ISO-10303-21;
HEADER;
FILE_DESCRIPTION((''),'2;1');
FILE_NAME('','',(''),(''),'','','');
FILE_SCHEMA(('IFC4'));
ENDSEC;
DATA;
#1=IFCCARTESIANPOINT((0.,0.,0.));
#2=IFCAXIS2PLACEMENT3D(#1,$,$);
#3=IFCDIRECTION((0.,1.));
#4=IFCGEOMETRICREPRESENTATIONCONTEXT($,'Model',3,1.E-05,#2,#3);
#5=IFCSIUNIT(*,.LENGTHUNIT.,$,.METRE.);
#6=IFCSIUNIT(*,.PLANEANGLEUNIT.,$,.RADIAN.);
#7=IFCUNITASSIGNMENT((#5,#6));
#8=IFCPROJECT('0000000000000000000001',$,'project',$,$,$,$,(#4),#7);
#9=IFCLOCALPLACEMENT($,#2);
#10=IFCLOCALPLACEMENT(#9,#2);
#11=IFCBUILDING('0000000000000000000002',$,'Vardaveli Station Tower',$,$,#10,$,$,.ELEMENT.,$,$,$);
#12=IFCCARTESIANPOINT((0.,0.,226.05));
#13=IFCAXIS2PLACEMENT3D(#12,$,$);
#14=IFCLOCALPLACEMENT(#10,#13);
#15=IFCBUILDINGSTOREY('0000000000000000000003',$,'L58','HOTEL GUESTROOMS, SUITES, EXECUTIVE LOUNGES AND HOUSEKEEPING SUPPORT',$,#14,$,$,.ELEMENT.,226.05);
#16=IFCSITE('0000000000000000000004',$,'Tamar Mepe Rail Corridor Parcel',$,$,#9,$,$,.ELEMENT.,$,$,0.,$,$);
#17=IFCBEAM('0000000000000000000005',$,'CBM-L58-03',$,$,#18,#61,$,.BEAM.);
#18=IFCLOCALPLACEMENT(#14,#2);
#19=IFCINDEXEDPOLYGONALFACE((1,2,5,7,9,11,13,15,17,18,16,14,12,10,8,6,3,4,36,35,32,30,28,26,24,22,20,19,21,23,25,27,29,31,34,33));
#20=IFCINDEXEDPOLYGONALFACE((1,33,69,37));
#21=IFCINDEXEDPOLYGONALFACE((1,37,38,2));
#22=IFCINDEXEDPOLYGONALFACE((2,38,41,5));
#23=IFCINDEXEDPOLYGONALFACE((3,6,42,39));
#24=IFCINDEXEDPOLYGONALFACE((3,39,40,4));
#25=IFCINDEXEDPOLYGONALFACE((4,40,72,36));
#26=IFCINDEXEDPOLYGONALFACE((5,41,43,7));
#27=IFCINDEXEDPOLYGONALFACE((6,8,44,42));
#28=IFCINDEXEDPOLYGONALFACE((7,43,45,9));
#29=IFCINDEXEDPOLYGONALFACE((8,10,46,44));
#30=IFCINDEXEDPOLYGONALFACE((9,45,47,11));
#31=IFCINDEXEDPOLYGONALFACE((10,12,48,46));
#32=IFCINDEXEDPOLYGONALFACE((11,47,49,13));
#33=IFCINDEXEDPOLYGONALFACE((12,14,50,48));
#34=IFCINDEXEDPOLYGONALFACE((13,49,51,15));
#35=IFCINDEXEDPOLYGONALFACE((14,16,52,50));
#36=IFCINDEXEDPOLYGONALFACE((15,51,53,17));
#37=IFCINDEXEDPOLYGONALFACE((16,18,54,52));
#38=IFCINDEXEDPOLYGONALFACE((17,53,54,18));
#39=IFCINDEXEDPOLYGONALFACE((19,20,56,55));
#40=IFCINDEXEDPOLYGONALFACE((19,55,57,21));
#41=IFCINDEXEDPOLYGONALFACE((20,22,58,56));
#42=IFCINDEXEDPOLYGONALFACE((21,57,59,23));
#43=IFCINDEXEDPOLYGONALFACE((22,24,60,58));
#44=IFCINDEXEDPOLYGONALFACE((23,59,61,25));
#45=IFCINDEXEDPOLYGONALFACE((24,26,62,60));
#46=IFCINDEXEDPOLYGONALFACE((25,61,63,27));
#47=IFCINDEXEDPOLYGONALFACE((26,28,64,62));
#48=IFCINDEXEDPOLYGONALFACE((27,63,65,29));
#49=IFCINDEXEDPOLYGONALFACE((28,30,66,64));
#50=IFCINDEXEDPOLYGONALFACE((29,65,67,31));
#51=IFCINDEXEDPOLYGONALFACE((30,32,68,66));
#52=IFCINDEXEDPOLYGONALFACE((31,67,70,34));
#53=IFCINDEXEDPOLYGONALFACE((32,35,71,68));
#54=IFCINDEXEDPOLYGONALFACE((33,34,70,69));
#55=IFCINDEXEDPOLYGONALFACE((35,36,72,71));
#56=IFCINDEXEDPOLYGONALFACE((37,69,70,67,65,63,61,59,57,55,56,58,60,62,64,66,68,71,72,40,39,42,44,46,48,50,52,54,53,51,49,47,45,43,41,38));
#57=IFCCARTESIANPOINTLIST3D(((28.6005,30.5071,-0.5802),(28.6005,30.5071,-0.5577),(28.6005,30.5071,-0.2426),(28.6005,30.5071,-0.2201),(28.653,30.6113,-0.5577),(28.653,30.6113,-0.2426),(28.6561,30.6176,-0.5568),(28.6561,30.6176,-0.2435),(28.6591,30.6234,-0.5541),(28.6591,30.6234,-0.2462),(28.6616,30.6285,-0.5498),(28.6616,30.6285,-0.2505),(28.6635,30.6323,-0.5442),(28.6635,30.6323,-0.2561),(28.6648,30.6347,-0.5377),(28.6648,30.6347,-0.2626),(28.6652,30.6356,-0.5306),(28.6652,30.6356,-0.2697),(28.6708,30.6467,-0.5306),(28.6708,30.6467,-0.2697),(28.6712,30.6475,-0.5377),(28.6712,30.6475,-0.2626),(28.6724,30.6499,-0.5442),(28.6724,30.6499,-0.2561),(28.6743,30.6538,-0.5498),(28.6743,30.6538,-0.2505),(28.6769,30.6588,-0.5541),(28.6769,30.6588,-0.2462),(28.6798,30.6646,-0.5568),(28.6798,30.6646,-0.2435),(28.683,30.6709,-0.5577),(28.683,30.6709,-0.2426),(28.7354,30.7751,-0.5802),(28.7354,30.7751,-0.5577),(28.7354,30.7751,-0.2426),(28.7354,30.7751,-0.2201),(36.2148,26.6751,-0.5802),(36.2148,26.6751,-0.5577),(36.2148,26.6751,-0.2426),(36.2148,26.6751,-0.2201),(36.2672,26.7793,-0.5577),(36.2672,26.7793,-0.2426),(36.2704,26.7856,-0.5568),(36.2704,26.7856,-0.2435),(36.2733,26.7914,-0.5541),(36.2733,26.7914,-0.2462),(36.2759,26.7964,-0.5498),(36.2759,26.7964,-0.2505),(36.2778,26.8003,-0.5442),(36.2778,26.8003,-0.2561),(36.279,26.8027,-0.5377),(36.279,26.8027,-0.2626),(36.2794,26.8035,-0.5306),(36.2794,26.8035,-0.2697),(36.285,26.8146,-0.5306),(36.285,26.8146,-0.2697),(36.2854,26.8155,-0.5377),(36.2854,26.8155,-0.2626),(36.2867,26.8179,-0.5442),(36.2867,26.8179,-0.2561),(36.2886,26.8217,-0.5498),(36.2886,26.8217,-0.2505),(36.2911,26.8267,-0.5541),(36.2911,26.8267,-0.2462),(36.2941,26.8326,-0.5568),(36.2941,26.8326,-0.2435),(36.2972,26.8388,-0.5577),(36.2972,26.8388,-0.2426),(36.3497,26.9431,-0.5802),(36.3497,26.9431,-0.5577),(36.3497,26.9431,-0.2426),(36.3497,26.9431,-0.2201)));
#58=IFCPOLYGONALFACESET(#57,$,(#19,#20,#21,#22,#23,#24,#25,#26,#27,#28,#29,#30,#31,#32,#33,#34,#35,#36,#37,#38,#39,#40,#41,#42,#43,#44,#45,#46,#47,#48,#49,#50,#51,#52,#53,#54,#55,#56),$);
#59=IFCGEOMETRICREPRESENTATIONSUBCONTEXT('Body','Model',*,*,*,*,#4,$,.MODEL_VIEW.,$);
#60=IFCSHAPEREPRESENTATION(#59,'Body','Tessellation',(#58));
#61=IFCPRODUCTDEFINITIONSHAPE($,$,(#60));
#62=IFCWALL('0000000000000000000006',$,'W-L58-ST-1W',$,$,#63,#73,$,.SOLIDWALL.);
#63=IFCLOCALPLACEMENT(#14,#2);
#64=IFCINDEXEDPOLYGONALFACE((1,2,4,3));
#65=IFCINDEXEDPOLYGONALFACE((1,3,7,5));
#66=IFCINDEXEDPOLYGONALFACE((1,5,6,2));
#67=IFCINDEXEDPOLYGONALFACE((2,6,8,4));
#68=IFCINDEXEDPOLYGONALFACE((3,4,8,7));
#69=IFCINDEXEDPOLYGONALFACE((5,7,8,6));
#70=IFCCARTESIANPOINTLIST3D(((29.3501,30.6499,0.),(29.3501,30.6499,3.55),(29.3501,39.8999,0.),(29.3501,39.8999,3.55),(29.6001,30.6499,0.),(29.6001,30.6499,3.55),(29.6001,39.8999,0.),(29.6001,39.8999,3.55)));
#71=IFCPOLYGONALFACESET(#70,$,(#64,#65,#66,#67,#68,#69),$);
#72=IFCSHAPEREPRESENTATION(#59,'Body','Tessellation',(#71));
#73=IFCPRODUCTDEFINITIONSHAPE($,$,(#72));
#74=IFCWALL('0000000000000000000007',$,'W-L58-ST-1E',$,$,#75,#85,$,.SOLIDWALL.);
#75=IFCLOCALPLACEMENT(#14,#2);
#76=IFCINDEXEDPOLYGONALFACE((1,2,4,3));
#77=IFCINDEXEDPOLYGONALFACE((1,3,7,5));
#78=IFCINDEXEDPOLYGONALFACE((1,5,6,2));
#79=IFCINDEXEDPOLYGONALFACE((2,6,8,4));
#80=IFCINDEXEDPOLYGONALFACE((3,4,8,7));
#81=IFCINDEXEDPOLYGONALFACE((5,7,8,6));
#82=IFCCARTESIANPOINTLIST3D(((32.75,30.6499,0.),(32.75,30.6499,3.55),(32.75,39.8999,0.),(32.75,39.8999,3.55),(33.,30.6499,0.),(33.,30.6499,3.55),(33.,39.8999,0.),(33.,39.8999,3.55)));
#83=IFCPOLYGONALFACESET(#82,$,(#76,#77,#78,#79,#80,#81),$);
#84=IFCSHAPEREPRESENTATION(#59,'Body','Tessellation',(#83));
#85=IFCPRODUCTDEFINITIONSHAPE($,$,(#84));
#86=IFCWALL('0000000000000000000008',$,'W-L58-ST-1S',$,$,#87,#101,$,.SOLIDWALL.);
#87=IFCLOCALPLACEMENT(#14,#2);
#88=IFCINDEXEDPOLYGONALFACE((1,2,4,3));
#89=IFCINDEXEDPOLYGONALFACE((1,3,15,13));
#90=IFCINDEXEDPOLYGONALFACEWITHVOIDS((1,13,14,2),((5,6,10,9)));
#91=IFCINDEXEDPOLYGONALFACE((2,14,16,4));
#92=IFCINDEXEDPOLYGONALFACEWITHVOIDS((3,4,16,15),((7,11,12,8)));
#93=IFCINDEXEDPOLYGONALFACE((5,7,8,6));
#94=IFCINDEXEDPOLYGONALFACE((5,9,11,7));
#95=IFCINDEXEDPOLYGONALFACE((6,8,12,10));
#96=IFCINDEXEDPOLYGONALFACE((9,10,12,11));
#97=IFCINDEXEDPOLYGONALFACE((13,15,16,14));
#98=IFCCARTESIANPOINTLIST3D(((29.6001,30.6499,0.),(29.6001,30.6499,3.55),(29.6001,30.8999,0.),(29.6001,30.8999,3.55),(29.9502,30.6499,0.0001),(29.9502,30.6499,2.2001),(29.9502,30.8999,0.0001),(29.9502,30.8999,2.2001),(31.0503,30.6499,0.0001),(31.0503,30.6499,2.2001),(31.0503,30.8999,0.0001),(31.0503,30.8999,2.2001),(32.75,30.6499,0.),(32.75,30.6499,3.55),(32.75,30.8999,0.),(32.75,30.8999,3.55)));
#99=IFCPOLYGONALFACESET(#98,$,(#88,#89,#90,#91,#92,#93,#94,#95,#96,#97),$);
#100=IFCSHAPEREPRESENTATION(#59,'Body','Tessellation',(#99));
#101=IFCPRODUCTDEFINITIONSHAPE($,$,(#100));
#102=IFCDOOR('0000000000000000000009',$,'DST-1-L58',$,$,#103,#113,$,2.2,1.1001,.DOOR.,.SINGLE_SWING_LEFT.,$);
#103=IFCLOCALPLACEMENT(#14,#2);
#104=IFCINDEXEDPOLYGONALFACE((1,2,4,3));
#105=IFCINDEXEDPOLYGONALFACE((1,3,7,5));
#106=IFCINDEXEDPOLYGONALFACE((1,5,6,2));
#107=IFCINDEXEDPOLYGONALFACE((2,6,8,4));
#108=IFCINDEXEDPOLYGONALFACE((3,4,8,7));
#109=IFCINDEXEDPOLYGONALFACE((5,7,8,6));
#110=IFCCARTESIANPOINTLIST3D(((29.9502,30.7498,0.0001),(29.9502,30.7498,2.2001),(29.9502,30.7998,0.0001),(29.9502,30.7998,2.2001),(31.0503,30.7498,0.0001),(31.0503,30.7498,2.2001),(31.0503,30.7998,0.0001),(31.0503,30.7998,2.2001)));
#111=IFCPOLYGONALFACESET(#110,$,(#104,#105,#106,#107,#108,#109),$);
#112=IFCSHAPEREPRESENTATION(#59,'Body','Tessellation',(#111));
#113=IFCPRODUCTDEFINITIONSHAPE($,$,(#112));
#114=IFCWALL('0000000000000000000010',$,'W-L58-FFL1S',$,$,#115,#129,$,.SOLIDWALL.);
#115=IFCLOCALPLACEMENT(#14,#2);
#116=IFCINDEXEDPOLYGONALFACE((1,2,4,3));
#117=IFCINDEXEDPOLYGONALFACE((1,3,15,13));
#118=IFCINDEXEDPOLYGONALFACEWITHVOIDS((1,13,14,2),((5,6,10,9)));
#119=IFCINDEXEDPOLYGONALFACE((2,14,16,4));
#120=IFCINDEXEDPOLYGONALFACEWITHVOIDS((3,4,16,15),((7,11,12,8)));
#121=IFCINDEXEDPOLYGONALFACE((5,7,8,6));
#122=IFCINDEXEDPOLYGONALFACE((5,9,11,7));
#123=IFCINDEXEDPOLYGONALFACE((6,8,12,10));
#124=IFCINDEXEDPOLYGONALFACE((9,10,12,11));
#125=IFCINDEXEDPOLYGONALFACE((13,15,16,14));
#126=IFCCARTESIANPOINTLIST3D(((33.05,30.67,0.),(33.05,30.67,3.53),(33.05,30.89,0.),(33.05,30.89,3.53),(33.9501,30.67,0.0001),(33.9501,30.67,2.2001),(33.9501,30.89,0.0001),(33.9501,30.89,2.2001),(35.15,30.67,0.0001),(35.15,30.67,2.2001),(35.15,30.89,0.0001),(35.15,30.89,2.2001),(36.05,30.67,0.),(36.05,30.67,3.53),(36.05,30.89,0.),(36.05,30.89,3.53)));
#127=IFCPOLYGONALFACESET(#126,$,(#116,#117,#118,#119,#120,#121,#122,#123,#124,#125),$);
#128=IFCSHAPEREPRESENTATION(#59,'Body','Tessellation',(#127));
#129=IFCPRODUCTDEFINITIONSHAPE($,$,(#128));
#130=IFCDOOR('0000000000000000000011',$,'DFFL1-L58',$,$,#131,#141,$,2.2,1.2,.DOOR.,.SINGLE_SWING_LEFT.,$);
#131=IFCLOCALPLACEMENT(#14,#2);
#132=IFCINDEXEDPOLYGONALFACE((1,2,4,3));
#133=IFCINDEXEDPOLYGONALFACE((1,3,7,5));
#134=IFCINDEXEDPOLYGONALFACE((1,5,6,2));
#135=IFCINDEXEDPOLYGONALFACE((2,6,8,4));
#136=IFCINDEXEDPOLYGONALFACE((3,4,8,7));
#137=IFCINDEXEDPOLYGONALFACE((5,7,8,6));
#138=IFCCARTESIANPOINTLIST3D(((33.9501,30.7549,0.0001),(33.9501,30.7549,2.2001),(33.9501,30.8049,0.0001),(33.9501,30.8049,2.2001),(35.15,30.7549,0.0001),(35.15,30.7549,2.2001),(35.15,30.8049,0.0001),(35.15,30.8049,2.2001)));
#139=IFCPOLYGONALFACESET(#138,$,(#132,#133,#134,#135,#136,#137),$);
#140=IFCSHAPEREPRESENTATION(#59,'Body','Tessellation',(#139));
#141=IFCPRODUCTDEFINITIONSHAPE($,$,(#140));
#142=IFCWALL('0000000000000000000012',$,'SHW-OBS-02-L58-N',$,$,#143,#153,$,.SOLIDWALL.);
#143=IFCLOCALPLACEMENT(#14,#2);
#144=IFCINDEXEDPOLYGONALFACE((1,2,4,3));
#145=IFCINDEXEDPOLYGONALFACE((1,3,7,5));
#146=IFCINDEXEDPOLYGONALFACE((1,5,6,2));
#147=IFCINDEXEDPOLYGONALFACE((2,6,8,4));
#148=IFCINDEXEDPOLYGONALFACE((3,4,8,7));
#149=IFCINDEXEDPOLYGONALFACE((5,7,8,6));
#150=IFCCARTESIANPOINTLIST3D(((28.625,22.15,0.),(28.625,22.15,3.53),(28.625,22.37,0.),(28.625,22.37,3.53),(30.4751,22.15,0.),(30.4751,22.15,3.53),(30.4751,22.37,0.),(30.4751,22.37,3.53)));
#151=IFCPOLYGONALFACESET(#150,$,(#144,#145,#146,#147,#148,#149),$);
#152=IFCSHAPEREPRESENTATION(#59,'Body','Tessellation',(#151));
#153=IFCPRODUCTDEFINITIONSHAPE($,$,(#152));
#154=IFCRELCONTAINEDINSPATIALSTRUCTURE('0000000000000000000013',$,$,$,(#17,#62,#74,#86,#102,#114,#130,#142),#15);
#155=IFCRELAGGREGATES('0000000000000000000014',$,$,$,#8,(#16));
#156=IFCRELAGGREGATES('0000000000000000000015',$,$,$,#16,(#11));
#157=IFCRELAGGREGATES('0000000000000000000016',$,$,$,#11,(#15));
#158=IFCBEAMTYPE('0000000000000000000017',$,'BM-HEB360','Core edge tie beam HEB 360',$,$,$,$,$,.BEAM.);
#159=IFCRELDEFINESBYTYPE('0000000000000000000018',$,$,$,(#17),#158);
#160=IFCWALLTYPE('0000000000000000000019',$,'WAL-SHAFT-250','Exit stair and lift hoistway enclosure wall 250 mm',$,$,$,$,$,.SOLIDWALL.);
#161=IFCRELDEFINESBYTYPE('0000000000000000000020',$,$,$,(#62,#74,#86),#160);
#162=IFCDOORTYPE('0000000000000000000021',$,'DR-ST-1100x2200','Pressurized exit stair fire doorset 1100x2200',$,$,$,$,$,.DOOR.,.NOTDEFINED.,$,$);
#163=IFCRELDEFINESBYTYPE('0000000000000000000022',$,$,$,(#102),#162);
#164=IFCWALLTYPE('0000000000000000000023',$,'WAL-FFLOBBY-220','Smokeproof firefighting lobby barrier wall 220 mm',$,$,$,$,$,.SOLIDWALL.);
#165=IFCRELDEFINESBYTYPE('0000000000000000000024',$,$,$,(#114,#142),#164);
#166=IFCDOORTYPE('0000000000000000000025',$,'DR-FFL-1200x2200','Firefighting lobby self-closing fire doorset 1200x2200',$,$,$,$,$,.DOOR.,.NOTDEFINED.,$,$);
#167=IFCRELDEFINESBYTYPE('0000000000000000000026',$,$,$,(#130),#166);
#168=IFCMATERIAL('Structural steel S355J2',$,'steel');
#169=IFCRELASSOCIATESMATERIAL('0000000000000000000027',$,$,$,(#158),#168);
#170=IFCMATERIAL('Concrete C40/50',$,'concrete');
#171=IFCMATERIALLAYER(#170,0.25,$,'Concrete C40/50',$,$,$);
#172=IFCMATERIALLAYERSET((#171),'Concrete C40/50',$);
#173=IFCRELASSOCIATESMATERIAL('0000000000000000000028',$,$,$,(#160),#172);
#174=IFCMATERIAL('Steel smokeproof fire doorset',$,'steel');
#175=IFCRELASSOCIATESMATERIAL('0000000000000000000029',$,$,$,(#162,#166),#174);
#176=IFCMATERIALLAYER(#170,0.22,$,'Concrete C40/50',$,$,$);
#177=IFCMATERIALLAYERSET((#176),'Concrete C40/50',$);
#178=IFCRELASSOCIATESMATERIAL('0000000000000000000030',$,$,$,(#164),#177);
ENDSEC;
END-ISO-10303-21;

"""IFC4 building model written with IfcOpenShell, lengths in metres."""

from ifc_helpers import new_model, si_unit, direction, frame, frame_2d, origin, origin_2d, place, context, subcontext, project, spatial, rectangle, i_section, extrude, source, transform, mapped, material, layer, layer_set, material_profile, profile_set, type_object, element, fill, save


model = new_model("IFC4")

# Units and contexts
model_context = context("Model", 3, precision=1e-05, world=origin(), true_north=direction((0.0, 1.0)))
body_context = subcontext(model_context, "Body", "Model", "MODEL_VIEW")
ifc_project = project(units=[si_unit("LENGTHUNIT", "METRE"), si_unit("PLANEANGLEUNIT", "RADIAN")], contexts=[model_context])

# Site, building, storey
site_placement = place(None, origin())
site = spatial("IfcSite", under=ifc_project, at=site_placement, Name="Tamar Mepe Rail Corridor Parcel", CompositionType="ELEMENT", RefElevation=0.0)
building_placement = place(site_placement, origin())
building = spatial("IfcBuilding", under=site, at=building_placement, Name="Vardaveli Station Tower", CompositionType="ELEMENT")
storey_placement = place(building_placement, frame((0.0, 0.0, 226.05)))
storey = spatial("IfcBuildingStorey", under=building, at=storey_placement, Name="L58", Description="HOTEL GUESTROOMS, SUITES, EXECUTIVE LOUNGES AND HOUSEKEEPING SUPPORT", CompositionType="ELEMENT", Elevation=226.05)

# Beam
ifc_material_1 = material(Name="Structural steel S355J2", Category="steel")
ifc_material_profile_1 = material_profile(ifc_material_1, i_section(OverallWidth=0.3, OverallDepth=0.3601, WebThickness=0.0125, FlangeThickness=0.0225, FilletRadius=0.0271, at=origin_2d()), Name="HEB 360")
ifc_profile_set_1 = profile_set([ifc_material_profile_1], Name="Structural steel S355J2")
beam_type_1 = type_object("IfcBeamType", Name="BM-HEB360", Description="Core edge tie beam HEB 360", PredefinedType="BEAM", material=ifc_profile_set_1)
shared_shape_1 = source(origin(), body_context, "Body", "SweptSolid", [
    extrude(i_section(OverallWidth=0.3, OverallDepth=0.3601, WebThickness=0.0125, FlangeThickness=0.0225, FilletRadius=0.0271, at=origin_2d()), origin(), (0.0, 0.0, 1.0), 8.5242),
])
beam_1_placement = place(storey_placement, frame((28.668, 30.6411, -0.4001), z_axis=(0.893256, -0.449549, 0.0), x_axis=(0.449549, 0.893256, 0.0)))
element("IfcBeam", 1, at=beam_1_placement, inside=storey, type_object=beam_type_1, Name="CBM-L58-03", PredefinedType="BEAM", context=body_context, shape_type="MappedRepresentation", body=[
    mapped(shared_shape_1, transform((0.0, 0.0, 0.0), scale=1.0)),
])

# Walls
ifc_material_2 = material(Name="Concrete C40/50", Category="concrete")
ifc_layer_1 = layer(ifc_material_2, 0.25, Name="Concrete C40/50")
ifc_layer_set_1 = layer_set([ifc_layer_1], Name="Concrete C40/50")
wall_type_1 = type_object("IfcWallType", Name="WAL-SHAFT-250", Description="Exit stair and lift hoistway enclosure wall 250 mm", PredefinedType="SOLIDWALL", material=ifc_layer_set_1)
shared_shape_2 = source(origin(), body_context, "Body", "SweptSolid", [
    extrude(rectangle(XDim=9.25, YDim=0.25, at=frame_2d((4.625, 0.0))), origin(), (0.0, 0.0, 1.0), 3.55),
])
for number, where, z_axis, x_axis, name in (
    (2, (29.4751, 30.6499, 0.0), (0.0, 0.0, 1.0), (0.0, 1.0, 0.0), "W-L58-ST-1W"),
    (3, (32.875, 30.6499, 0.0), (0.0, 0.0, 1.0), (0.0, 1.0, 0.0), "W-L58-ST-1E"),
):
    element("IfcWall", number, at=place(storey_placement, frame(where, z_axis=z_axis, x_axis=x_axis)), inside=storey, type_object=wall_type_1, Name=name, PredefinedType="SOLIDWALL", context=body_context, shape_type="MappedRepresentation", body=[
        mapped(shared_shape_2, transform((0.0, 0.0, 0.0), scale=1.0)),
    ])

# Walls, openings, doors
shared_shape_3 = source(origin(), body_context, "Body", "SweptSolid", [
    extrude(rectangle(XDim=3.1499, YDim=0.25, at=frame_2d((1.575, 0.0))), origin(), (0.0, 0.0, 1.0), 3.55),
])
wall_1_placement = place(storey_placement, frame((29.6001, 30.7749, 0.0), z_axis=(0.0, 0.0, 1.0), x_axis=(1.0, 0.0, 0.0)))
wall_1 = element("IfcWall", 4, at=wall_1_placement, inside=storey, type_object=wall_type_1, Name="W-L58-ST-1S", PredefinedType="SOLIDWALL", context=body_context, shape_type="MappedRepresentation", body=[
    mapped(shared_shape_3, transform((0.0, 0.0, 0.0), scale=1.0)),
])
shared_shape_4 = source(origin(), body_context, "Body", "SweptSolid", [
    extrude(rectangle(XDim=1.1001, YDim=2.2, at=frame_2d((0.55, 1.1001))), frame((0.0, 0.135, 0.0), z_axis=(0.0, -1.0, 0.0), x_axis=(1.0, 0.0, 0.0)), (0.0, 0.0, 1.0), 0.27),
])
opening_1_placement = place(wall_1_placement, frame((0.3501, 0.0, 0.0)))
opening_1 = element("IfcOpeningElement", 5, at=opening_1_placement, cuts=wall_1, PredefinedType="OPENING", context=body_context, shape_type="MappedRepresentation", body=[
    mapped(shared_shape_4, transform((0.0, 0.0, 0.0), scale=1.0)),
])
ifc_material_3 = material(Name="Steel smokeproof fire doorset", Category="steel")
door_type_1 = type_object("IfcDoorType", Name="DR-ST-1100x2200", Description="Pressurized exit stair fire doorset 1100x2200", OperationType="NOTDEFINED", PredefinedType="DOOR", material=ifc_material_3)
shared_shape_5 = source(origin(), body_context, "Body", "SweptSolid", [
    extrude(rectangle(XDim=1.1001, YDim=2.2, at=frame_2d((0.55, 1.1001))), frame((0.0, 0.0249, 0.0), z_axis=(0.0, -1.0, 0.0), x_axis=(1.0, 0.0, 0.0)), (0.0, 0.0, 1.0), 0.05),
])
door_1_placement = place(opening_1_placement, origin())
door_1 = element("IfcDoor", 6, at=door_1_placement, inside=storey, type_object=door_type_1, Name="DST-1-L58", OperationType="SINGLE_SWING_LEFT", OverallHeight=2.2, OverallWidth=1.1001, PredefinedType="DOOR", context=body_context, shape_type="MappedRepresentation", body=[
    mapped(shared_shape_5, transform((0.0, 0.0, 0.0), scale=1.0)),
])
fill(opening_1, door_1)
ifc_layer_2 = layer(ifc_material_2, 0.22, Name="Concrete C40/50")
ifc_layer_set_2 = layer_set([ifc_layer_2], Name="Concrete C40/50")
wall_type_2 = type_object("IfcWallType", Name="WAL-FFLOBBY-220", Description="Smokeproof firefighting lobby barrier wall 220 mm", PredefinedType="SOLIDWALL", material=ifc_layer_set_2)
shared_shape_6 = source(origin(), body_context, "Body", "SweptSolid", [
    extrude(rectangle(XDim=3.0, YDim=0.22, at=frame_2d((1.5, 0.0))), origin(), (0.0, 0.0, 1.0), 3.53),
])
wall_2_placement = place(storey_placement, frame((33.05, 30.78, 0.0), z_axis=(0.0, 0.0, 1.0), x_axis=(1.0, 0.0, 0.0)))
wall_2 = element("IfcWall", 7, at=wall_2_placement, inside=storey, type_object=wall_type_2, Name="W-L58-FFL1S", PredefinedType="SOLIDWALL", context=body_context, shape_type="MappedRepresentation", body=[
    mapped(shared_shape_6, transform((0.0, 0.0, 0.0), scale=1.0)),
])
shared_shape_7 = source(origin(), body_context, "Body", "SweptSolid", [
    extrude(rectangle(XDim=1.2, YDim=2.2, at=frame_2d((0.6001, 1.1001))), frame((0.0, 0.1201, 0.0), z_axis=(0.0, -1.0, 0.0), x_axis=(1.0, 0.0, 0.0)), (0.0, 0.0, 1.0), 0.24),
])
opening_2_placement = place(wall_2_placement, frame((0.8999, 0.0, 0.0)))
opening_2 = element("IfcOpeningElement", 8, at=opening_2_placement, cuts=wall_2, PredefinedType="OPENING", context=body_context, shape_type="MappedRepresentation", body=[
    mapped(shared_shape_7, transform((0.0, 0.0, 0.0), scale=1.0)),
])
door_type_2 = type_object("IfcDoorType", Name="DR-FFL-1200x2200", Description="Firefighting lobby self-closing fire doorset 1200x2200", OperationType="NOTDEFINED", PredefinedType="DOOR", material=ifc_material_3)
shared_shape_8 = source(origin(), body_context, "Body", "SweptSolid", [
    extrude(rectangle(XDim=1.2, YDim=2.2, at=frame_2d((0.6001, 1.1001))), frame((0.0, 0.0249, 0.0), z_axis=(0.0, -1.0, 0.0), x_axis=(1.0, 0.0, 0.0)), (0.0, 0.0, 1.0), 0.05),
])
door_2_placement = place(opening_2_placement, origin())
door_2 = element("IfcDoor", 9, at=door_2_placement, inside=storey, type_object=door_type_2, Name="DFFL1-L58", OperationType="SINGLE_SWING_LEFT", OverallHeight=2.2, OverallWidth=1.2, PredefinedType="DOOR", context=body_context, shape_type="MappedRepresentation", body=[
    mapped(shared_shape_8, transform((0.0, 0.0, 0.0), scale=1.0)),
])
fill(opening_2, door_2)

# Wall
shared_shape_9 = source(origin(), body_context, "Body", "SweptSolid", [
    extrude(rectangle(XDim=1.8501, YDim=0.22, at=frame_2d((0.925, 0.0))), origin(), (0.0, 0.0, 1.0), 3.53),
])
wall_3_placement = place(storey_placement, frame((28.625, 22.26, 0.0), z_axis=(0.0, 0.0, 1.0), x_axis=(1.0, 0.0, 0.0)))
element("IfcWall", 10, at=wall_3_placement, inside=storey, type_object=wall_type_2, Name="SHW-OBS-02-L58-N", PredefinedType="SOLIDWALL", context=body_context, shape_type="MappedRepresentation", body=[
    mapped(shared_shape_9, transform((0.0, 0.0, 0.0), scale=1.0)),
])

save(model, "model.ifc")
